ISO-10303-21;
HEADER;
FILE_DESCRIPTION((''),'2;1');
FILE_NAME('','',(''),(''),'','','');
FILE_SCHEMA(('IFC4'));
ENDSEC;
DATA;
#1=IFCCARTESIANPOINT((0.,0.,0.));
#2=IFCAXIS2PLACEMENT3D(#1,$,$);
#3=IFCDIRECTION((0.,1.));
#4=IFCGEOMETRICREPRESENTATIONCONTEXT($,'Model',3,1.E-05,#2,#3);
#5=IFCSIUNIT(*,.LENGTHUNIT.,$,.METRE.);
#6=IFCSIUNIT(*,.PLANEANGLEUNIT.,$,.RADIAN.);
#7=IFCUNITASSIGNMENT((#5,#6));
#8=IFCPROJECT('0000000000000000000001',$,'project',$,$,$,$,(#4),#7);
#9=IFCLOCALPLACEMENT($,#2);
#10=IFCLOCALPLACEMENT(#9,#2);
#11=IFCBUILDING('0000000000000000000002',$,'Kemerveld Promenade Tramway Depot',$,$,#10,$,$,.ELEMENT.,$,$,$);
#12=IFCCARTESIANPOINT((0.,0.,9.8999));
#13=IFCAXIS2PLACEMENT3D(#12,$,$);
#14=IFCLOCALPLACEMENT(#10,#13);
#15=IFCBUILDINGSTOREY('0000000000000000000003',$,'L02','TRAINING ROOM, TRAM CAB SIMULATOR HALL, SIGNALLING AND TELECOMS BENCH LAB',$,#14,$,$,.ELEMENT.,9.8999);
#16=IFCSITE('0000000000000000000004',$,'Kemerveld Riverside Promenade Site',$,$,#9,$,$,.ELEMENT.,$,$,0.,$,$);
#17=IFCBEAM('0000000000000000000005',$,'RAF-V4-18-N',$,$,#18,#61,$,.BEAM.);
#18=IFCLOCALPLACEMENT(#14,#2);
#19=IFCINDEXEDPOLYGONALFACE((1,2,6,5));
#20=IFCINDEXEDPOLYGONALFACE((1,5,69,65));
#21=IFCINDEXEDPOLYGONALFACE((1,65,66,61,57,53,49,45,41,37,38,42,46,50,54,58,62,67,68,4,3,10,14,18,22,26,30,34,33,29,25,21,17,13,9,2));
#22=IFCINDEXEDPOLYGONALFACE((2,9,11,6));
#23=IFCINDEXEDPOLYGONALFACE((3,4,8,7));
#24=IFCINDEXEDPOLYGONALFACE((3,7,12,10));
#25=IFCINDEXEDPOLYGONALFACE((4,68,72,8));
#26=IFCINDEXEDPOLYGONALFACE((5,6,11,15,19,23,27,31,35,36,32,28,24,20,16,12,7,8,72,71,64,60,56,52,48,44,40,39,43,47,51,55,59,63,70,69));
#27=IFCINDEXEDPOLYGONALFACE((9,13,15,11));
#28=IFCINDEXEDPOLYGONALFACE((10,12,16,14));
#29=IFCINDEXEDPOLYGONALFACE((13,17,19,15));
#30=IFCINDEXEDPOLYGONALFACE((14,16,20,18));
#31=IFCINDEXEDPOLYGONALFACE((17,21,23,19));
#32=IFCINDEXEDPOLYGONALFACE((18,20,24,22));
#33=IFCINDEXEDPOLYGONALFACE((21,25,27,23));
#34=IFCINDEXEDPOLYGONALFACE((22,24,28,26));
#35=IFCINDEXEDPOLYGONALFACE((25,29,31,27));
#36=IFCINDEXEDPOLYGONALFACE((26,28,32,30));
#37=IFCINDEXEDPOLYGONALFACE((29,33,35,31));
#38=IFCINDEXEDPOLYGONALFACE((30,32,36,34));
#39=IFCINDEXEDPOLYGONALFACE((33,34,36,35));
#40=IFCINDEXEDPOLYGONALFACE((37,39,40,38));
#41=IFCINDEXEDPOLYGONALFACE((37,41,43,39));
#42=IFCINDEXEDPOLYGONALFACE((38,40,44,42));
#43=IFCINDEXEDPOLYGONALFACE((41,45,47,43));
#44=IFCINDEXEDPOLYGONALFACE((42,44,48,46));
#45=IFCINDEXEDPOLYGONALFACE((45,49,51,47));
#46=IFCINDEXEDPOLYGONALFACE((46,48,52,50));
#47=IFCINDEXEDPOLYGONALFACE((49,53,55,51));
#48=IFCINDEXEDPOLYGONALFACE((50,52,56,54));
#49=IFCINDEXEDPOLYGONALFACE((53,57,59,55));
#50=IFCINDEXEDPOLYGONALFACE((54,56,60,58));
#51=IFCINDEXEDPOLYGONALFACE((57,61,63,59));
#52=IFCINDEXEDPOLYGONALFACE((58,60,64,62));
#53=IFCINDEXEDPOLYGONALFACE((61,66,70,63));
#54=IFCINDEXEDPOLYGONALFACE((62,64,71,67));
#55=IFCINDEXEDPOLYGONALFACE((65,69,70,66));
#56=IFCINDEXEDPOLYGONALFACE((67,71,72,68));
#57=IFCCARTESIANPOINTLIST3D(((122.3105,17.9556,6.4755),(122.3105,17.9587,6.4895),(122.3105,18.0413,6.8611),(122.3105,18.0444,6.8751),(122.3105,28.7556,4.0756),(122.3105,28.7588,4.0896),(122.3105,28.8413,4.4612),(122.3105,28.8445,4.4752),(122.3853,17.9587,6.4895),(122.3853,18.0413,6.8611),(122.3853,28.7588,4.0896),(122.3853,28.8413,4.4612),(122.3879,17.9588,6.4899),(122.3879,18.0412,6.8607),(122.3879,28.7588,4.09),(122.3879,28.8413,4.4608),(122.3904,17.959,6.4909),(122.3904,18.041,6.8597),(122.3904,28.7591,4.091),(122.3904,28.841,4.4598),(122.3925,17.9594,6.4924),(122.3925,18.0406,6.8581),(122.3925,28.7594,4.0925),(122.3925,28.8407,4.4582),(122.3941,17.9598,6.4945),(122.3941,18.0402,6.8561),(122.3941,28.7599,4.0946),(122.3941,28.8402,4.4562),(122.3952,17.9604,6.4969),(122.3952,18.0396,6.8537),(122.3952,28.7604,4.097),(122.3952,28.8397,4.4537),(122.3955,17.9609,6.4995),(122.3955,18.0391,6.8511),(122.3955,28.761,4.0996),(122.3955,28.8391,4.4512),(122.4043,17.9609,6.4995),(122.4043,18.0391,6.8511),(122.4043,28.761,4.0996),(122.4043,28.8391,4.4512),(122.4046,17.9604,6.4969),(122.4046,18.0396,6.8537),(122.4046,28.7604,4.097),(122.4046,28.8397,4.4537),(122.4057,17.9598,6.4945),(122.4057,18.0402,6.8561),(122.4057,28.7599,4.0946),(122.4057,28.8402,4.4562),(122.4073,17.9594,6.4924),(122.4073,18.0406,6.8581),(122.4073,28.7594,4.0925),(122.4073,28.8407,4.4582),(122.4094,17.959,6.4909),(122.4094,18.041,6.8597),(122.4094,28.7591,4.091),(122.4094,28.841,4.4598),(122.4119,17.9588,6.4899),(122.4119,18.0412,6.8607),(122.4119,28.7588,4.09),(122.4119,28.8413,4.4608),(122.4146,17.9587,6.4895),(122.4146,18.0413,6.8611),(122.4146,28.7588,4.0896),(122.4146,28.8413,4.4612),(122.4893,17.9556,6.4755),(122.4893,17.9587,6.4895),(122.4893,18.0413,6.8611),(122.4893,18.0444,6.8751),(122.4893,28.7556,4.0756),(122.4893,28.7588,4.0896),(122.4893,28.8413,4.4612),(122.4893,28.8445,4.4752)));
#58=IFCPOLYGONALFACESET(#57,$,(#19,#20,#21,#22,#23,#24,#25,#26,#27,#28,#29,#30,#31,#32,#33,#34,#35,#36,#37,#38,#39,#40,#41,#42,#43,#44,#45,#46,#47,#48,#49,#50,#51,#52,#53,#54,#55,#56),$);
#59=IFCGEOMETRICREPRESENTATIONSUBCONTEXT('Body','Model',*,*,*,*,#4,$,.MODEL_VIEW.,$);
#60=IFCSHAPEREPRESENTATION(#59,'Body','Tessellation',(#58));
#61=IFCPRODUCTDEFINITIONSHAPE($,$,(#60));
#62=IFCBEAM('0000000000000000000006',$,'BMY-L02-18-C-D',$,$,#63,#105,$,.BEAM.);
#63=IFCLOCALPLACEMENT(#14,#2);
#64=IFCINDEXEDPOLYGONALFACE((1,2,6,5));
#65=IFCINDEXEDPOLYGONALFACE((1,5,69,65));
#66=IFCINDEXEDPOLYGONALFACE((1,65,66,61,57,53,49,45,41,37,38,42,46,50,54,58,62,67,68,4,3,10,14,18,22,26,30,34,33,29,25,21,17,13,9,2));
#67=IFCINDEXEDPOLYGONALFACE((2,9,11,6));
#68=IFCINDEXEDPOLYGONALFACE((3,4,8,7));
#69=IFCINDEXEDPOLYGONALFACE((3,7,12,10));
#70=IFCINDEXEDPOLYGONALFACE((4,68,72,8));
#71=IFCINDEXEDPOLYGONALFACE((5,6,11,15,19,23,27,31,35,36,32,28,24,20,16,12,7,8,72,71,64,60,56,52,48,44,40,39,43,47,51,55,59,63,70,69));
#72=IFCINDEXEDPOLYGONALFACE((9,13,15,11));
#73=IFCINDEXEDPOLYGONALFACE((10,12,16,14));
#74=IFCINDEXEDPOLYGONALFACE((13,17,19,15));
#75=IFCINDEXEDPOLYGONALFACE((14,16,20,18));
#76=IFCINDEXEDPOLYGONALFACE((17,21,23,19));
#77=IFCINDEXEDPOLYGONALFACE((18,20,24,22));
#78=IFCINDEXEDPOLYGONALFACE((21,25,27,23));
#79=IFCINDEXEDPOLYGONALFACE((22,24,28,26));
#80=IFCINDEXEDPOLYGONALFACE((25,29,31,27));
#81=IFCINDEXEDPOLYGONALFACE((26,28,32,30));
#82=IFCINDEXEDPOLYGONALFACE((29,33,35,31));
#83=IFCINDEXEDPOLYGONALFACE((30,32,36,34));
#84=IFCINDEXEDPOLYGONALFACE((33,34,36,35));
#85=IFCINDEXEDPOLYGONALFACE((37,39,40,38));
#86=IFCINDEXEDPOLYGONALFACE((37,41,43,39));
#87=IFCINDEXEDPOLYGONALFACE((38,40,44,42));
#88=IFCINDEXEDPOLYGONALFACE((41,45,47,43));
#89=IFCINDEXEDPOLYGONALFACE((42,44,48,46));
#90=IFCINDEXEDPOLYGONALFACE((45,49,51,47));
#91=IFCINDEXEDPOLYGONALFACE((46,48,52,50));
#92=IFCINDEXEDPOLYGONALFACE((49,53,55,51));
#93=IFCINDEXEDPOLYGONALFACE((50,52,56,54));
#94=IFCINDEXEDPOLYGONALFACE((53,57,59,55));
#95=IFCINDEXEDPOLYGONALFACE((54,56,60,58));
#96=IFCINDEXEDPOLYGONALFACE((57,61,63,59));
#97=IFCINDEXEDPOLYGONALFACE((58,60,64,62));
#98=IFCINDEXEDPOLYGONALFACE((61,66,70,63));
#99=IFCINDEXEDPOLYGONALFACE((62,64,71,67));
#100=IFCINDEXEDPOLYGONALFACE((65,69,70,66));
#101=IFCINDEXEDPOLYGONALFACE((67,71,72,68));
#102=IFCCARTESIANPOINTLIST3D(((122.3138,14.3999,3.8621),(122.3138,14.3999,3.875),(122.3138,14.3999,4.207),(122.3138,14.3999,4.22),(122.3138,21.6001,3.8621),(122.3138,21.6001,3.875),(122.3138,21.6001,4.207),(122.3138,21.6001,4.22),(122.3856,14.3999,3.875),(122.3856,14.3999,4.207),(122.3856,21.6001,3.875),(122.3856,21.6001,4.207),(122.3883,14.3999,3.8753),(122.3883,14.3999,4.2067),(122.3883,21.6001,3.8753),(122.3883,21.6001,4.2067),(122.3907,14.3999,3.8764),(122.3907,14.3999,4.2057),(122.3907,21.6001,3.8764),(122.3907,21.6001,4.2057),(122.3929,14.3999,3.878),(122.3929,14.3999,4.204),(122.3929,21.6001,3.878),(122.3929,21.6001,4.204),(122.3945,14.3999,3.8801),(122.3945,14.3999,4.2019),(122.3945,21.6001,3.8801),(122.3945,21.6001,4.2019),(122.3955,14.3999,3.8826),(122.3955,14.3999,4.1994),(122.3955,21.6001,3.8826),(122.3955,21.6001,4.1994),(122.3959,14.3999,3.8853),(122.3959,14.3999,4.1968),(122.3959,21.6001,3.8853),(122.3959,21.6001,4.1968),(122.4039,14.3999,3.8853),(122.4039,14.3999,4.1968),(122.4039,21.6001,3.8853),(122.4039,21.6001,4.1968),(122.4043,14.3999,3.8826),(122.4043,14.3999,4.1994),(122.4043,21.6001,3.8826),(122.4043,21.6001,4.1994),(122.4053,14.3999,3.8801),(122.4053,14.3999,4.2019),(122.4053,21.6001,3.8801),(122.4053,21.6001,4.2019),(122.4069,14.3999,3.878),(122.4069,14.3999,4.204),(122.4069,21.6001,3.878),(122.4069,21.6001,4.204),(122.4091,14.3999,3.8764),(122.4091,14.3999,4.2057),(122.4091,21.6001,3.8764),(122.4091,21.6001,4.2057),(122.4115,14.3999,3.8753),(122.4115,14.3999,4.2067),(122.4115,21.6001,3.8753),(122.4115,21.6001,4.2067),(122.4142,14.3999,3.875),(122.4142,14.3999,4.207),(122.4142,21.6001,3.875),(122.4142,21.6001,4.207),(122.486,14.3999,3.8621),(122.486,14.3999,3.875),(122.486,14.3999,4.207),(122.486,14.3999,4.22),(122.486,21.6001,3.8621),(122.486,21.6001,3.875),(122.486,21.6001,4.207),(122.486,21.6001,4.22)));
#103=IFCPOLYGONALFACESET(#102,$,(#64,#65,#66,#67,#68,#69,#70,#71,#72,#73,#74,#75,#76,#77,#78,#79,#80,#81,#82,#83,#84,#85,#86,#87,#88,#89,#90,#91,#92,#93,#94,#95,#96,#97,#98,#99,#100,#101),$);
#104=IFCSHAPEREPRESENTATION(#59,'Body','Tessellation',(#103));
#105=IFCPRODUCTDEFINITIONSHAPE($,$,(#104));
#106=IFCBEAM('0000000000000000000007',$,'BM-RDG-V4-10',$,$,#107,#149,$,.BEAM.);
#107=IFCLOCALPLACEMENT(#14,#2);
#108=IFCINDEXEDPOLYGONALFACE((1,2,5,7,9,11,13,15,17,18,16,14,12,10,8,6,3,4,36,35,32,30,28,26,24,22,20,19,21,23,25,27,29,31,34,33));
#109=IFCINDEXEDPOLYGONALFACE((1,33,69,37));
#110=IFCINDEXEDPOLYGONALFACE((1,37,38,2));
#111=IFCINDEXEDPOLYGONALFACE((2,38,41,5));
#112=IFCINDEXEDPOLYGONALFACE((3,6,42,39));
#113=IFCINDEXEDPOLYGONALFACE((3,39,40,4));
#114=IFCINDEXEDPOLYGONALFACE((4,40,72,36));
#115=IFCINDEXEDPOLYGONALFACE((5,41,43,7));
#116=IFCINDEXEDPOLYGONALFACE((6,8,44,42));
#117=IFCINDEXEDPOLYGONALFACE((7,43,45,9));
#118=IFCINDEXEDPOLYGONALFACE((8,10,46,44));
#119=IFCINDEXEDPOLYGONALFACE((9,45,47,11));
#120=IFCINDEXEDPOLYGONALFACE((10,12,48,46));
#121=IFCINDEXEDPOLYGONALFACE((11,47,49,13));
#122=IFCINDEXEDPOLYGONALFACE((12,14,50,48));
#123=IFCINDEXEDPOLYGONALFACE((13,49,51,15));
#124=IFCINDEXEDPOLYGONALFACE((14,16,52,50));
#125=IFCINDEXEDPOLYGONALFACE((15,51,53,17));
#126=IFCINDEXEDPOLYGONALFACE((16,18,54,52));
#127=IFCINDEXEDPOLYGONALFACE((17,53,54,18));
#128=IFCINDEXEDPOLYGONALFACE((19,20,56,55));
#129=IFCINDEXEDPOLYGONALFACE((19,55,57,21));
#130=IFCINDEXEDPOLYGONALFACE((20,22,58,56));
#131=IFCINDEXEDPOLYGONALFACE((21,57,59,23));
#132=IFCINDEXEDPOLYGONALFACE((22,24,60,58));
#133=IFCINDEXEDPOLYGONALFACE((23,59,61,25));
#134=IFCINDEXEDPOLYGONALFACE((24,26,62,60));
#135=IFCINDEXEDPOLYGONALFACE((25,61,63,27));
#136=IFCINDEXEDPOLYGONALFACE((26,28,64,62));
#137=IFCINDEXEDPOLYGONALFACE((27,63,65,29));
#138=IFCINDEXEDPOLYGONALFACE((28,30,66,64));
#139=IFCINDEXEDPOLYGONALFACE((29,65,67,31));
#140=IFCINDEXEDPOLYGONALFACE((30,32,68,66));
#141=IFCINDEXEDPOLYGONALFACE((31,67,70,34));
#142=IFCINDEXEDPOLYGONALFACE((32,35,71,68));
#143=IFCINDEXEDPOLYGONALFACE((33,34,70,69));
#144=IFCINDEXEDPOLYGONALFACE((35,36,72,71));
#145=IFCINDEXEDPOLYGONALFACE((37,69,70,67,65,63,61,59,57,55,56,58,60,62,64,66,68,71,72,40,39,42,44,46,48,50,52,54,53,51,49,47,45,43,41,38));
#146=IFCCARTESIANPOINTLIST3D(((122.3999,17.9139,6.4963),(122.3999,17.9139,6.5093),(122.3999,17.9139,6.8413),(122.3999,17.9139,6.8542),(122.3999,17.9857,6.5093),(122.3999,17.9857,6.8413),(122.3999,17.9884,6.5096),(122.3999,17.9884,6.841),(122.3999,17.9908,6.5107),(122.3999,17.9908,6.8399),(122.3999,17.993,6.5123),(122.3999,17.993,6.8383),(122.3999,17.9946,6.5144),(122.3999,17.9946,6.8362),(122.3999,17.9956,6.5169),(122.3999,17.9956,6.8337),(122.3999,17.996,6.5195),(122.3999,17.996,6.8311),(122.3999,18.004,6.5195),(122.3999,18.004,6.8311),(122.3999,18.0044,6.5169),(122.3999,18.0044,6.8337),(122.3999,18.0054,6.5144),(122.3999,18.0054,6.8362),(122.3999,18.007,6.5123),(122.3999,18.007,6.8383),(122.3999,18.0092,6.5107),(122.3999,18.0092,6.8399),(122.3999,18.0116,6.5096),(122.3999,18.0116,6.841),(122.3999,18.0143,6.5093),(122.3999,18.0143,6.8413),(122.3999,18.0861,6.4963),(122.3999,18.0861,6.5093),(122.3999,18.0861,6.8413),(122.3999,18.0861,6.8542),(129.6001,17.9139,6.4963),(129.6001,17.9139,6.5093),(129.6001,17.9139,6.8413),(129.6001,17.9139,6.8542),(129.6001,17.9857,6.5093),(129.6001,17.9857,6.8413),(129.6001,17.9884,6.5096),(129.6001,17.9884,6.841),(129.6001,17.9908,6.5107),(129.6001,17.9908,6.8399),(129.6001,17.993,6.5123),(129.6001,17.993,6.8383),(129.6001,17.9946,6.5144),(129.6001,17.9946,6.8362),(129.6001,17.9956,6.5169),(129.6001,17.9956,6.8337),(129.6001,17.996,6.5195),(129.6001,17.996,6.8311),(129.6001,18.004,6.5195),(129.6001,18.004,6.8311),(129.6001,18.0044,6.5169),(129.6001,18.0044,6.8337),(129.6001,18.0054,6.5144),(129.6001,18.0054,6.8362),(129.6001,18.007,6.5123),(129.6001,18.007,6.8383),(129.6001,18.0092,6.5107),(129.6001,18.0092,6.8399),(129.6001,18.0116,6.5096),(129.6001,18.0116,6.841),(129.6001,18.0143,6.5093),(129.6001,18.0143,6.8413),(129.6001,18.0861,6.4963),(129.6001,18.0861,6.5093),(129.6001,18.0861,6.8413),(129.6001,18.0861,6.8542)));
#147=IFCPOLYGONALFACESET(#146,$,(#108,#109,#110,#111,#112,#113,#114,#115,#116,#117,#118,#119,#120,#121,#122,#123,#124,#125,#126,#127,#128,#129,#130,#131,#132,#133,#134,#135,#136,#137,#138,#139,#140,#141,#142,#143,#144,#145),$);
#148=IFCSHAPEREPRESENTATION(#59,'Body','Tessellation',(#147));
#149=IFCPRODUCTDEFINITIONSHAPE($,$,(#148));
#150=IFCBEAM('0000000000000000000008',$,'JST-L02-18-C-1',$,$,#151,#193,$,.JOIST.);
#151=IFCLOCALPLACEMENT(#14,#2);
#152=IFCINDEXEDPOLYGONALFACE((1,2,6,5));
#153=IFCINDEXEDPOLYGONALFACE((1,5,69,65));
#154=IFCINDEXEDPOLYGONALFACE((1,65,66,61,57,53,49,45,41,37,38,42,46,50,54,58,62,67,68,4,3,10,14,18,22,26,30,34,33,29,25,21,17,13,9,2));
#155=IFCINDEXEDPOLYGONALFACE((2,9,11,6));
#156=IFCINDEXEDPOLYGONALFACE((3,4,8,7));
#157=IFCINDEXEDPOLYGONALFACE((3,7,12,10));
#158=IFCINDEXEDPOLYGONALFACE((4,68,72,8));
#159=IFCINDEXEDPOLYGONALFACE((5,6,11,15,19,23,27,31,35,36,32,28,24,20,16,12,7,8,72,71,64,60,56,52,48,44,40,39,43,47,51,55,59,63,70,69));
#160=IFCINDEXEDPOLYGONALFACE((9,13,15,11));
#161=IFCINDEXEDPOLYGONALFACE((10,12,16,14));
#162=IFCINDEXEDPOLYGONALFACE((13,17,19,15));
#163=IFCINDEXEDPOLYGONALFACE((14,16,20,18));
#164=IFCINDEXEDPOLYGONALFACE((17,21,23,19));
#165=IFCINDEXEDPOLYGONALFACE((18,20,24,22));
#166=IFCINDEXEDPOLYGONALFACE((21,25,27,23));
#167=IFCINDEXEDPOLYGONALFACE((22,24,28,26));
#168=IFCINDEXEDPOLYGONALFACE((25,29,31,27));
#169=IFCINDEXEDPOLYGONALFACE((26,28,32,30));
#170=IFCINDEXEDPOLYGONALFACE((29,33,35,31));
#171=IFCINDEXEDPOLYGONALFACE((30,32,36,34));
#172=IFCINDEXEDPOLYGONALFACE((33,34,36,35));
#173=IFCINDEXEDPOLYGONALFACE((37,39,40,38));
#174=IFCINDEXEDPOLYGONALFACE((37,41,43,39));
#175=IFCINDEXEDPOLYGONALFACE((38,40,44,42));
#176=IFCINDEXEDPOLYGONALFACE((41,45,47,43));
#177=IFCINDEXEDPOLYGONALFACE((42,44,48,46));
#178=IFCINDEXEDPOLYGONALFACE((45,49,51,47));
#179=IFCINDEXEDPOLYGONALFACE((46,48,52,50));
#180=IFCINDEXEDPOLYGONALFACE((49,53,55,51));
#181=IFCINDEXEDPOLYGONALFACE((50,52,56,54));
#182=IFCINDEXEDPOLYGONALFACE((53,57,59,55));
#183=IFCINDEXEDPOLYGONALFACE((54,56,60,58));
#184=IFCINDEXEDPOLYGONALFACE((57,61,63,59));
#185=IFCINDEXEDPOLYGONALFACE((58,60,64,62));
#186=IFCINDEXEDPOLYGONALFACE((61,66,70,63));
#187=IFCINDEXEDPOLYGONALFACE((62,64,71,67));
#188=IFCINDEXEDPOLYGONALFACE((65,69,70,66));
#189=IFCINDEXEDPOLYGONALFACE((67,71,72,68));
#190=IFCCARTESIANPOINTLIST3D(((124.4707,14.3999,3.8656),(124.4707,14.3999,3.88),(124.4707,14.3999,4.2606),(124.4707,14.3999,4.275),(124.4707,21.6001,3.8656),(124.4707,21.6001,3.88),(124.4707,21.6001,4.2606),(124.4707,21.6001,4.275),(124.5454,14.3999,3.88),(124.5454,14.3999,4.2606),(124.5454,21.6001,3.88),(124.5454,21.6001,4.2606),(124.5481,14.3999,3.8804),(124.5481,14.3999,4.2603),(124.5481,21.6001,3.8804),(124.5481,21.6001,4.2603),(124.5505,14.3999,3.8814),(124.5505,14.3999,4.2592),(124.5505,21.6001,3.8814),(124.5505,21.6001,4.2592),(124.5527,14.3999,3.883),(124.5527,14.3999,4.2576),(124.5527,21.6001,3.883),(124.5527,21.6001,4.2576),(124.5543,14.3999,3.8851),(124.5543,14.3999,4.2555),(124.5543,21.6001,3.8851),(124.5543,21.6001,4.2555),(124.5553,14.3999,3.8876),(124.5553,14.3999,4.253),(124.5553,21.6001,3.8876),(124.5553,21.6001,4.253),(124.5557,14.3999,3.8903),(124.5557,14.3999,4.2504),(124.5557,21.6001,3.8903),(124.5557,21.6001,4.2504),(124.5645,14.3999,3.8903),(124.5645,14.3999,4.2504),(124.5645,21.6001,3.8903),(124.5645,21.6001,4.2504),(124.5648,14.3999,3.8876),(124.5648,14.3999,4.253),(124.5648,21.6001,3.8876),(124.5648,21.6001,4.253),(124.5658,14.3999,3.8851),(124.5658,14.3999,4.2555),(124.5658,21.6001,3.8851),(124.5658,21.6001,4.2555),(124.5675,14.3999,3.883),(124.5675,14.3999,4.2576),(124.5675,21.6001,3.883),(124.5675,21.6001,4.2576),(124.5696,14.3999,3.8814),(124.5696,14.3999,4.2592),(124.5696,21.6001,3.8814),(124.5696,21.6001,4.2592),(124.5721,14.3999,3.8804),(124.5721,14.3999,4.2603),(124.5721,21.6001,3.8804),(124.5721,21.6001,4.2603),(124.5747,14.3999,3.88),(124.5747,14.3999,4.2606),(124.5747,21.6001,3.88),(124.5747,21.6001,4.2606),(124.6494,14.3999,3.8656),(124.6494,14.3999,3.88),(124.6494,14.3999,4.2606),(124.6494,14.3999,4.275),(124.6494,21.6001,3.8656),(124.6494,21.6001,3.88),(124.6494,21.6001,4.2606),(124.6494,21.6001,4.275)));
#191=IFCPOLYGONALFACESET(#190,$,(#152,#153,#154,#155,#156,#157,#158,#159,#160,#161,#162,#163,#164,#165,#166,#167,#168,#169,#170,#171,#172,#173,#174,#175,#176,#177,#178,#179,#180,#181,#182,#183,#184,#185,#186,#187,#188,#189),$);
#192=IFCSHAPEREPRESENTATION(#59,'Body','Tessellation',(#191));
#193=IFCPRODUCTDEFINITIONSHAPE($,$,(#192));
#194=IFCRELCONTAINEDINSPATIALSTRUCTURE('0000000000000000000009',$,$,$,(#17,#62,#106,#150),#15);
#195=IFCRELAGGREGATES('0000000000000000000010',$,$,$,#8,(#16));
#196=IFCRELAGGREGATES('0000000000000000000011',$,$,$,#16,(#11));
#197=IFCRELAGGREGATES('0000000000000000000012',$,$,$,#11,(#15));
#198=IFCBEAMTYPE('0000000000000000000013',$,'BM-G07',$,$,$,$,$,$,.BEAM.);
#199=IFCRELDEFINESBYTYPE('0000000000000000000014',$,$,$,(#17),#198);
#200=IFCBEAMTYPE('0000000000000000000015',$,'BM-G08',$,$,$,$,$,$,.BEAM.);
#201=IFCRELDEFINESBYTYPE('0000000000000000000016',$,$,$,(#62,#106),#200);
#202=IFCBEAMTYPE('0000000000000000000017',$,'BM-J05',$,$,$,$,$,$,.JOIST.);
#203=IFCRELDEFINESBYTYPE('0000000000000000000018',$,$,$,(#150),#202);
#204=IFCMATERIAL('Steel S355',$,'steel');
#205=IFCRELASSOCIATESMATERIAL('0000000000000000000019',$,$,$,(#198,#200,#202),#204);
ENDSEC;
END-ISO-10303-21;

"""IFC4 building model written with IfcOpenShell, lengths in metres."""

from ifc_helpers import new_model, si_unit, direction, frame, origin, origin_2d, place, context, subcontext, project, spatial, i_section, extrude, material, material_profile, profile_set, type_object, element, save


model = new_model("IFC4")

# Units and contexts
model_context = context("Model", 3, precision=1e-05, world=origin(), true_north=direction((0.0, 1.0)))
body_context = subcontext(model_context, "Body", "Model", "MODEL_VIEW")
ifc_project = project(units=[si_unit("LENGTHUNIT", "METRE"), si_unit("PLANEANGLEUNIT", "RADIAN")], contexts=[model_context])

# Site, building, storey
site_placement = place(None, origin())
site = spatial("IfcSite", under=ifc_project, at=site_placement, Name="Kemerveld Riverside Promenade Site", CompositionType="ELEMENT", RefElevation=0.0)
building_placement = place(site_placement, origin())
building = spatial("IfcBuilding", under=site, at=building_placement, Name="Kemerveld Promenade Tramway Depot", CompositionType="ELEMENT")
storey_placement = place(building_placement, frame((0.0, 0.0, 9.8999)))
storey = spatial("IfcBuildingStorey", under=building, at=storey_placement, Name="L02", Description="TRAINING ROOM, TRAM CAB SIMULATOR HALL, SIGNALLING AND TELECOMS BENCH LAB", CompositionType="ELEMENT", Elevation=9.8999)

# Beams
ifc_material_1 = material(Name="Steel S355", Category="steel")
ifc_material_profile_1 = material_profile(ifc_material_1, i_section(OverallWidth=0.1787, OverallDepth=0.4094, WebThickness=0.0088, FlangeThickness=0.0144, FilletRadius=0.0103, at=origin_2d()), Name="406x178x67 UB")
ifc_profile_set_1 = profile_set([ifc_material_profile_1], Name="Steel S355")
beam_type_1 = type_object("IfcBeamType", Name="BM-G07", PredefinedType="BEAM", material=ifc_profile_set_1)
for number, where, z_axis, x_axis, name in (
    (1, (122.3999, 18.0, 6.6753), (0.0, 0.976189, -0.216921), (-1.0, 0.0, 0.0), "RAF-V4-18-N"),
):
    element("IfcBeam", number, at=place(storey_placement, frame(where, z_axis=z_axis, x_axis=x_axis)), inside=storey, type_object=beam_type_1, Name=name, PredefinedType="BEAM", context=body_context, shape_type="SweptSolid", body=[
        extrude(i_section(OverallWidth=0.1787, OverallDepth=0.4094, WebThickness=0.0088, FlangeThickness=0.0144, FilletRadius=0.0103, at=origin_2d()), origin(), (0.0, 0.0, 1.0), 11.0635),
    ])
ifc_material_profile_2 = material_profile(ifc_material_1, i_section(OverallWidth=0.1721, OverallDepth=0.3579, WebThickness=0.0081, FlangeThickness=0.0129, FilletRadius=0.0103, at=origin_2d()), Name="356x171x57 UB")
ifc_profile_set_2 = profile_set([ifc_material_profile_2], Name="Steel S355")
beam_type_2 = type_object("IfcBeamType", Name="BM-G08", PredefinedType="BEAM", material=ifc_profile_set_2)
for number, where, z_axis, x_axis, name in (
    (2, (122.3999, 14.3999, 4.041), (0.0, 1.0, 0.0), (-1.0, 0.0, 0.0), "BMY-L02-18-C-D"),
    (3, (122.3999, 18.0, 6.6753), (1.0, 0.0, 0.0), (0.0, 1.0, 0.0), "BM-RDG-V4-10"),
):
    element("IfcBeam", number, at=place(storey_placement, frame(where, z_axis=z_axis, x_axis=x_axis)), inside=storey, type_object=beam_type_2, Name=name, PredefinedType="BEAM", context=body_context, shape_type="SweptSolid", body=[
        extrude(i_section(OverallWidth=0.1721, OverallDepth=0.3579, WebThickness=0.0081, FlangeThickness=0.0129, FilletRadius=0.0103, at=origin_2d()), origin(), (0.0, 0.0, 1.0), 7.2002),
    ])
ifc_material_profile_3 = material_profile(ifc_material_1, i_section(OverallWidth=0.1787, OverallDepth=0.4094, WebThickness=0.0088, FlangeThickness=0.0144, FilletRadius=0.0103, at=origin_2d()), Name="406x178x67 UB")
ifc_profile_set_3 = profile_set([ifc_material_profile_3], Name="Steel S355")
beam_type_3 = type_object("IfcBeamType", Name="BM-J05", PredefinedType="JOIST", material=ifc_profile_set_3)
for number, where, z_axis, x_axis, name in (
    (4, (124.5601, 14.3999, 4.0703), (0.0, 1.0, 0.0), (-1.0, 0.0, 0.0), "JST-L02-18-C-1"),
):
    element("IfcBeam", number, at=place(storey_placement, frame(where, z_axis=z_axis, x_axis=x_axis)), inside=storey, type_object=beam_type_3, Name=name, PredefinedType="JOIST", context=body_context, shape_type="SweptSolid", body=[
        extrude(i_section(OverallWidth=0.1787, OverallDepth=0.4094, WebThickness=0.0088, FlangeThickness=0.0144, FilletRadius=0.0103, at=origin_2d()), origin(), (0.0, 0.0, 1.0), 7.2002),
    ])

save(model, "model.ifc")
